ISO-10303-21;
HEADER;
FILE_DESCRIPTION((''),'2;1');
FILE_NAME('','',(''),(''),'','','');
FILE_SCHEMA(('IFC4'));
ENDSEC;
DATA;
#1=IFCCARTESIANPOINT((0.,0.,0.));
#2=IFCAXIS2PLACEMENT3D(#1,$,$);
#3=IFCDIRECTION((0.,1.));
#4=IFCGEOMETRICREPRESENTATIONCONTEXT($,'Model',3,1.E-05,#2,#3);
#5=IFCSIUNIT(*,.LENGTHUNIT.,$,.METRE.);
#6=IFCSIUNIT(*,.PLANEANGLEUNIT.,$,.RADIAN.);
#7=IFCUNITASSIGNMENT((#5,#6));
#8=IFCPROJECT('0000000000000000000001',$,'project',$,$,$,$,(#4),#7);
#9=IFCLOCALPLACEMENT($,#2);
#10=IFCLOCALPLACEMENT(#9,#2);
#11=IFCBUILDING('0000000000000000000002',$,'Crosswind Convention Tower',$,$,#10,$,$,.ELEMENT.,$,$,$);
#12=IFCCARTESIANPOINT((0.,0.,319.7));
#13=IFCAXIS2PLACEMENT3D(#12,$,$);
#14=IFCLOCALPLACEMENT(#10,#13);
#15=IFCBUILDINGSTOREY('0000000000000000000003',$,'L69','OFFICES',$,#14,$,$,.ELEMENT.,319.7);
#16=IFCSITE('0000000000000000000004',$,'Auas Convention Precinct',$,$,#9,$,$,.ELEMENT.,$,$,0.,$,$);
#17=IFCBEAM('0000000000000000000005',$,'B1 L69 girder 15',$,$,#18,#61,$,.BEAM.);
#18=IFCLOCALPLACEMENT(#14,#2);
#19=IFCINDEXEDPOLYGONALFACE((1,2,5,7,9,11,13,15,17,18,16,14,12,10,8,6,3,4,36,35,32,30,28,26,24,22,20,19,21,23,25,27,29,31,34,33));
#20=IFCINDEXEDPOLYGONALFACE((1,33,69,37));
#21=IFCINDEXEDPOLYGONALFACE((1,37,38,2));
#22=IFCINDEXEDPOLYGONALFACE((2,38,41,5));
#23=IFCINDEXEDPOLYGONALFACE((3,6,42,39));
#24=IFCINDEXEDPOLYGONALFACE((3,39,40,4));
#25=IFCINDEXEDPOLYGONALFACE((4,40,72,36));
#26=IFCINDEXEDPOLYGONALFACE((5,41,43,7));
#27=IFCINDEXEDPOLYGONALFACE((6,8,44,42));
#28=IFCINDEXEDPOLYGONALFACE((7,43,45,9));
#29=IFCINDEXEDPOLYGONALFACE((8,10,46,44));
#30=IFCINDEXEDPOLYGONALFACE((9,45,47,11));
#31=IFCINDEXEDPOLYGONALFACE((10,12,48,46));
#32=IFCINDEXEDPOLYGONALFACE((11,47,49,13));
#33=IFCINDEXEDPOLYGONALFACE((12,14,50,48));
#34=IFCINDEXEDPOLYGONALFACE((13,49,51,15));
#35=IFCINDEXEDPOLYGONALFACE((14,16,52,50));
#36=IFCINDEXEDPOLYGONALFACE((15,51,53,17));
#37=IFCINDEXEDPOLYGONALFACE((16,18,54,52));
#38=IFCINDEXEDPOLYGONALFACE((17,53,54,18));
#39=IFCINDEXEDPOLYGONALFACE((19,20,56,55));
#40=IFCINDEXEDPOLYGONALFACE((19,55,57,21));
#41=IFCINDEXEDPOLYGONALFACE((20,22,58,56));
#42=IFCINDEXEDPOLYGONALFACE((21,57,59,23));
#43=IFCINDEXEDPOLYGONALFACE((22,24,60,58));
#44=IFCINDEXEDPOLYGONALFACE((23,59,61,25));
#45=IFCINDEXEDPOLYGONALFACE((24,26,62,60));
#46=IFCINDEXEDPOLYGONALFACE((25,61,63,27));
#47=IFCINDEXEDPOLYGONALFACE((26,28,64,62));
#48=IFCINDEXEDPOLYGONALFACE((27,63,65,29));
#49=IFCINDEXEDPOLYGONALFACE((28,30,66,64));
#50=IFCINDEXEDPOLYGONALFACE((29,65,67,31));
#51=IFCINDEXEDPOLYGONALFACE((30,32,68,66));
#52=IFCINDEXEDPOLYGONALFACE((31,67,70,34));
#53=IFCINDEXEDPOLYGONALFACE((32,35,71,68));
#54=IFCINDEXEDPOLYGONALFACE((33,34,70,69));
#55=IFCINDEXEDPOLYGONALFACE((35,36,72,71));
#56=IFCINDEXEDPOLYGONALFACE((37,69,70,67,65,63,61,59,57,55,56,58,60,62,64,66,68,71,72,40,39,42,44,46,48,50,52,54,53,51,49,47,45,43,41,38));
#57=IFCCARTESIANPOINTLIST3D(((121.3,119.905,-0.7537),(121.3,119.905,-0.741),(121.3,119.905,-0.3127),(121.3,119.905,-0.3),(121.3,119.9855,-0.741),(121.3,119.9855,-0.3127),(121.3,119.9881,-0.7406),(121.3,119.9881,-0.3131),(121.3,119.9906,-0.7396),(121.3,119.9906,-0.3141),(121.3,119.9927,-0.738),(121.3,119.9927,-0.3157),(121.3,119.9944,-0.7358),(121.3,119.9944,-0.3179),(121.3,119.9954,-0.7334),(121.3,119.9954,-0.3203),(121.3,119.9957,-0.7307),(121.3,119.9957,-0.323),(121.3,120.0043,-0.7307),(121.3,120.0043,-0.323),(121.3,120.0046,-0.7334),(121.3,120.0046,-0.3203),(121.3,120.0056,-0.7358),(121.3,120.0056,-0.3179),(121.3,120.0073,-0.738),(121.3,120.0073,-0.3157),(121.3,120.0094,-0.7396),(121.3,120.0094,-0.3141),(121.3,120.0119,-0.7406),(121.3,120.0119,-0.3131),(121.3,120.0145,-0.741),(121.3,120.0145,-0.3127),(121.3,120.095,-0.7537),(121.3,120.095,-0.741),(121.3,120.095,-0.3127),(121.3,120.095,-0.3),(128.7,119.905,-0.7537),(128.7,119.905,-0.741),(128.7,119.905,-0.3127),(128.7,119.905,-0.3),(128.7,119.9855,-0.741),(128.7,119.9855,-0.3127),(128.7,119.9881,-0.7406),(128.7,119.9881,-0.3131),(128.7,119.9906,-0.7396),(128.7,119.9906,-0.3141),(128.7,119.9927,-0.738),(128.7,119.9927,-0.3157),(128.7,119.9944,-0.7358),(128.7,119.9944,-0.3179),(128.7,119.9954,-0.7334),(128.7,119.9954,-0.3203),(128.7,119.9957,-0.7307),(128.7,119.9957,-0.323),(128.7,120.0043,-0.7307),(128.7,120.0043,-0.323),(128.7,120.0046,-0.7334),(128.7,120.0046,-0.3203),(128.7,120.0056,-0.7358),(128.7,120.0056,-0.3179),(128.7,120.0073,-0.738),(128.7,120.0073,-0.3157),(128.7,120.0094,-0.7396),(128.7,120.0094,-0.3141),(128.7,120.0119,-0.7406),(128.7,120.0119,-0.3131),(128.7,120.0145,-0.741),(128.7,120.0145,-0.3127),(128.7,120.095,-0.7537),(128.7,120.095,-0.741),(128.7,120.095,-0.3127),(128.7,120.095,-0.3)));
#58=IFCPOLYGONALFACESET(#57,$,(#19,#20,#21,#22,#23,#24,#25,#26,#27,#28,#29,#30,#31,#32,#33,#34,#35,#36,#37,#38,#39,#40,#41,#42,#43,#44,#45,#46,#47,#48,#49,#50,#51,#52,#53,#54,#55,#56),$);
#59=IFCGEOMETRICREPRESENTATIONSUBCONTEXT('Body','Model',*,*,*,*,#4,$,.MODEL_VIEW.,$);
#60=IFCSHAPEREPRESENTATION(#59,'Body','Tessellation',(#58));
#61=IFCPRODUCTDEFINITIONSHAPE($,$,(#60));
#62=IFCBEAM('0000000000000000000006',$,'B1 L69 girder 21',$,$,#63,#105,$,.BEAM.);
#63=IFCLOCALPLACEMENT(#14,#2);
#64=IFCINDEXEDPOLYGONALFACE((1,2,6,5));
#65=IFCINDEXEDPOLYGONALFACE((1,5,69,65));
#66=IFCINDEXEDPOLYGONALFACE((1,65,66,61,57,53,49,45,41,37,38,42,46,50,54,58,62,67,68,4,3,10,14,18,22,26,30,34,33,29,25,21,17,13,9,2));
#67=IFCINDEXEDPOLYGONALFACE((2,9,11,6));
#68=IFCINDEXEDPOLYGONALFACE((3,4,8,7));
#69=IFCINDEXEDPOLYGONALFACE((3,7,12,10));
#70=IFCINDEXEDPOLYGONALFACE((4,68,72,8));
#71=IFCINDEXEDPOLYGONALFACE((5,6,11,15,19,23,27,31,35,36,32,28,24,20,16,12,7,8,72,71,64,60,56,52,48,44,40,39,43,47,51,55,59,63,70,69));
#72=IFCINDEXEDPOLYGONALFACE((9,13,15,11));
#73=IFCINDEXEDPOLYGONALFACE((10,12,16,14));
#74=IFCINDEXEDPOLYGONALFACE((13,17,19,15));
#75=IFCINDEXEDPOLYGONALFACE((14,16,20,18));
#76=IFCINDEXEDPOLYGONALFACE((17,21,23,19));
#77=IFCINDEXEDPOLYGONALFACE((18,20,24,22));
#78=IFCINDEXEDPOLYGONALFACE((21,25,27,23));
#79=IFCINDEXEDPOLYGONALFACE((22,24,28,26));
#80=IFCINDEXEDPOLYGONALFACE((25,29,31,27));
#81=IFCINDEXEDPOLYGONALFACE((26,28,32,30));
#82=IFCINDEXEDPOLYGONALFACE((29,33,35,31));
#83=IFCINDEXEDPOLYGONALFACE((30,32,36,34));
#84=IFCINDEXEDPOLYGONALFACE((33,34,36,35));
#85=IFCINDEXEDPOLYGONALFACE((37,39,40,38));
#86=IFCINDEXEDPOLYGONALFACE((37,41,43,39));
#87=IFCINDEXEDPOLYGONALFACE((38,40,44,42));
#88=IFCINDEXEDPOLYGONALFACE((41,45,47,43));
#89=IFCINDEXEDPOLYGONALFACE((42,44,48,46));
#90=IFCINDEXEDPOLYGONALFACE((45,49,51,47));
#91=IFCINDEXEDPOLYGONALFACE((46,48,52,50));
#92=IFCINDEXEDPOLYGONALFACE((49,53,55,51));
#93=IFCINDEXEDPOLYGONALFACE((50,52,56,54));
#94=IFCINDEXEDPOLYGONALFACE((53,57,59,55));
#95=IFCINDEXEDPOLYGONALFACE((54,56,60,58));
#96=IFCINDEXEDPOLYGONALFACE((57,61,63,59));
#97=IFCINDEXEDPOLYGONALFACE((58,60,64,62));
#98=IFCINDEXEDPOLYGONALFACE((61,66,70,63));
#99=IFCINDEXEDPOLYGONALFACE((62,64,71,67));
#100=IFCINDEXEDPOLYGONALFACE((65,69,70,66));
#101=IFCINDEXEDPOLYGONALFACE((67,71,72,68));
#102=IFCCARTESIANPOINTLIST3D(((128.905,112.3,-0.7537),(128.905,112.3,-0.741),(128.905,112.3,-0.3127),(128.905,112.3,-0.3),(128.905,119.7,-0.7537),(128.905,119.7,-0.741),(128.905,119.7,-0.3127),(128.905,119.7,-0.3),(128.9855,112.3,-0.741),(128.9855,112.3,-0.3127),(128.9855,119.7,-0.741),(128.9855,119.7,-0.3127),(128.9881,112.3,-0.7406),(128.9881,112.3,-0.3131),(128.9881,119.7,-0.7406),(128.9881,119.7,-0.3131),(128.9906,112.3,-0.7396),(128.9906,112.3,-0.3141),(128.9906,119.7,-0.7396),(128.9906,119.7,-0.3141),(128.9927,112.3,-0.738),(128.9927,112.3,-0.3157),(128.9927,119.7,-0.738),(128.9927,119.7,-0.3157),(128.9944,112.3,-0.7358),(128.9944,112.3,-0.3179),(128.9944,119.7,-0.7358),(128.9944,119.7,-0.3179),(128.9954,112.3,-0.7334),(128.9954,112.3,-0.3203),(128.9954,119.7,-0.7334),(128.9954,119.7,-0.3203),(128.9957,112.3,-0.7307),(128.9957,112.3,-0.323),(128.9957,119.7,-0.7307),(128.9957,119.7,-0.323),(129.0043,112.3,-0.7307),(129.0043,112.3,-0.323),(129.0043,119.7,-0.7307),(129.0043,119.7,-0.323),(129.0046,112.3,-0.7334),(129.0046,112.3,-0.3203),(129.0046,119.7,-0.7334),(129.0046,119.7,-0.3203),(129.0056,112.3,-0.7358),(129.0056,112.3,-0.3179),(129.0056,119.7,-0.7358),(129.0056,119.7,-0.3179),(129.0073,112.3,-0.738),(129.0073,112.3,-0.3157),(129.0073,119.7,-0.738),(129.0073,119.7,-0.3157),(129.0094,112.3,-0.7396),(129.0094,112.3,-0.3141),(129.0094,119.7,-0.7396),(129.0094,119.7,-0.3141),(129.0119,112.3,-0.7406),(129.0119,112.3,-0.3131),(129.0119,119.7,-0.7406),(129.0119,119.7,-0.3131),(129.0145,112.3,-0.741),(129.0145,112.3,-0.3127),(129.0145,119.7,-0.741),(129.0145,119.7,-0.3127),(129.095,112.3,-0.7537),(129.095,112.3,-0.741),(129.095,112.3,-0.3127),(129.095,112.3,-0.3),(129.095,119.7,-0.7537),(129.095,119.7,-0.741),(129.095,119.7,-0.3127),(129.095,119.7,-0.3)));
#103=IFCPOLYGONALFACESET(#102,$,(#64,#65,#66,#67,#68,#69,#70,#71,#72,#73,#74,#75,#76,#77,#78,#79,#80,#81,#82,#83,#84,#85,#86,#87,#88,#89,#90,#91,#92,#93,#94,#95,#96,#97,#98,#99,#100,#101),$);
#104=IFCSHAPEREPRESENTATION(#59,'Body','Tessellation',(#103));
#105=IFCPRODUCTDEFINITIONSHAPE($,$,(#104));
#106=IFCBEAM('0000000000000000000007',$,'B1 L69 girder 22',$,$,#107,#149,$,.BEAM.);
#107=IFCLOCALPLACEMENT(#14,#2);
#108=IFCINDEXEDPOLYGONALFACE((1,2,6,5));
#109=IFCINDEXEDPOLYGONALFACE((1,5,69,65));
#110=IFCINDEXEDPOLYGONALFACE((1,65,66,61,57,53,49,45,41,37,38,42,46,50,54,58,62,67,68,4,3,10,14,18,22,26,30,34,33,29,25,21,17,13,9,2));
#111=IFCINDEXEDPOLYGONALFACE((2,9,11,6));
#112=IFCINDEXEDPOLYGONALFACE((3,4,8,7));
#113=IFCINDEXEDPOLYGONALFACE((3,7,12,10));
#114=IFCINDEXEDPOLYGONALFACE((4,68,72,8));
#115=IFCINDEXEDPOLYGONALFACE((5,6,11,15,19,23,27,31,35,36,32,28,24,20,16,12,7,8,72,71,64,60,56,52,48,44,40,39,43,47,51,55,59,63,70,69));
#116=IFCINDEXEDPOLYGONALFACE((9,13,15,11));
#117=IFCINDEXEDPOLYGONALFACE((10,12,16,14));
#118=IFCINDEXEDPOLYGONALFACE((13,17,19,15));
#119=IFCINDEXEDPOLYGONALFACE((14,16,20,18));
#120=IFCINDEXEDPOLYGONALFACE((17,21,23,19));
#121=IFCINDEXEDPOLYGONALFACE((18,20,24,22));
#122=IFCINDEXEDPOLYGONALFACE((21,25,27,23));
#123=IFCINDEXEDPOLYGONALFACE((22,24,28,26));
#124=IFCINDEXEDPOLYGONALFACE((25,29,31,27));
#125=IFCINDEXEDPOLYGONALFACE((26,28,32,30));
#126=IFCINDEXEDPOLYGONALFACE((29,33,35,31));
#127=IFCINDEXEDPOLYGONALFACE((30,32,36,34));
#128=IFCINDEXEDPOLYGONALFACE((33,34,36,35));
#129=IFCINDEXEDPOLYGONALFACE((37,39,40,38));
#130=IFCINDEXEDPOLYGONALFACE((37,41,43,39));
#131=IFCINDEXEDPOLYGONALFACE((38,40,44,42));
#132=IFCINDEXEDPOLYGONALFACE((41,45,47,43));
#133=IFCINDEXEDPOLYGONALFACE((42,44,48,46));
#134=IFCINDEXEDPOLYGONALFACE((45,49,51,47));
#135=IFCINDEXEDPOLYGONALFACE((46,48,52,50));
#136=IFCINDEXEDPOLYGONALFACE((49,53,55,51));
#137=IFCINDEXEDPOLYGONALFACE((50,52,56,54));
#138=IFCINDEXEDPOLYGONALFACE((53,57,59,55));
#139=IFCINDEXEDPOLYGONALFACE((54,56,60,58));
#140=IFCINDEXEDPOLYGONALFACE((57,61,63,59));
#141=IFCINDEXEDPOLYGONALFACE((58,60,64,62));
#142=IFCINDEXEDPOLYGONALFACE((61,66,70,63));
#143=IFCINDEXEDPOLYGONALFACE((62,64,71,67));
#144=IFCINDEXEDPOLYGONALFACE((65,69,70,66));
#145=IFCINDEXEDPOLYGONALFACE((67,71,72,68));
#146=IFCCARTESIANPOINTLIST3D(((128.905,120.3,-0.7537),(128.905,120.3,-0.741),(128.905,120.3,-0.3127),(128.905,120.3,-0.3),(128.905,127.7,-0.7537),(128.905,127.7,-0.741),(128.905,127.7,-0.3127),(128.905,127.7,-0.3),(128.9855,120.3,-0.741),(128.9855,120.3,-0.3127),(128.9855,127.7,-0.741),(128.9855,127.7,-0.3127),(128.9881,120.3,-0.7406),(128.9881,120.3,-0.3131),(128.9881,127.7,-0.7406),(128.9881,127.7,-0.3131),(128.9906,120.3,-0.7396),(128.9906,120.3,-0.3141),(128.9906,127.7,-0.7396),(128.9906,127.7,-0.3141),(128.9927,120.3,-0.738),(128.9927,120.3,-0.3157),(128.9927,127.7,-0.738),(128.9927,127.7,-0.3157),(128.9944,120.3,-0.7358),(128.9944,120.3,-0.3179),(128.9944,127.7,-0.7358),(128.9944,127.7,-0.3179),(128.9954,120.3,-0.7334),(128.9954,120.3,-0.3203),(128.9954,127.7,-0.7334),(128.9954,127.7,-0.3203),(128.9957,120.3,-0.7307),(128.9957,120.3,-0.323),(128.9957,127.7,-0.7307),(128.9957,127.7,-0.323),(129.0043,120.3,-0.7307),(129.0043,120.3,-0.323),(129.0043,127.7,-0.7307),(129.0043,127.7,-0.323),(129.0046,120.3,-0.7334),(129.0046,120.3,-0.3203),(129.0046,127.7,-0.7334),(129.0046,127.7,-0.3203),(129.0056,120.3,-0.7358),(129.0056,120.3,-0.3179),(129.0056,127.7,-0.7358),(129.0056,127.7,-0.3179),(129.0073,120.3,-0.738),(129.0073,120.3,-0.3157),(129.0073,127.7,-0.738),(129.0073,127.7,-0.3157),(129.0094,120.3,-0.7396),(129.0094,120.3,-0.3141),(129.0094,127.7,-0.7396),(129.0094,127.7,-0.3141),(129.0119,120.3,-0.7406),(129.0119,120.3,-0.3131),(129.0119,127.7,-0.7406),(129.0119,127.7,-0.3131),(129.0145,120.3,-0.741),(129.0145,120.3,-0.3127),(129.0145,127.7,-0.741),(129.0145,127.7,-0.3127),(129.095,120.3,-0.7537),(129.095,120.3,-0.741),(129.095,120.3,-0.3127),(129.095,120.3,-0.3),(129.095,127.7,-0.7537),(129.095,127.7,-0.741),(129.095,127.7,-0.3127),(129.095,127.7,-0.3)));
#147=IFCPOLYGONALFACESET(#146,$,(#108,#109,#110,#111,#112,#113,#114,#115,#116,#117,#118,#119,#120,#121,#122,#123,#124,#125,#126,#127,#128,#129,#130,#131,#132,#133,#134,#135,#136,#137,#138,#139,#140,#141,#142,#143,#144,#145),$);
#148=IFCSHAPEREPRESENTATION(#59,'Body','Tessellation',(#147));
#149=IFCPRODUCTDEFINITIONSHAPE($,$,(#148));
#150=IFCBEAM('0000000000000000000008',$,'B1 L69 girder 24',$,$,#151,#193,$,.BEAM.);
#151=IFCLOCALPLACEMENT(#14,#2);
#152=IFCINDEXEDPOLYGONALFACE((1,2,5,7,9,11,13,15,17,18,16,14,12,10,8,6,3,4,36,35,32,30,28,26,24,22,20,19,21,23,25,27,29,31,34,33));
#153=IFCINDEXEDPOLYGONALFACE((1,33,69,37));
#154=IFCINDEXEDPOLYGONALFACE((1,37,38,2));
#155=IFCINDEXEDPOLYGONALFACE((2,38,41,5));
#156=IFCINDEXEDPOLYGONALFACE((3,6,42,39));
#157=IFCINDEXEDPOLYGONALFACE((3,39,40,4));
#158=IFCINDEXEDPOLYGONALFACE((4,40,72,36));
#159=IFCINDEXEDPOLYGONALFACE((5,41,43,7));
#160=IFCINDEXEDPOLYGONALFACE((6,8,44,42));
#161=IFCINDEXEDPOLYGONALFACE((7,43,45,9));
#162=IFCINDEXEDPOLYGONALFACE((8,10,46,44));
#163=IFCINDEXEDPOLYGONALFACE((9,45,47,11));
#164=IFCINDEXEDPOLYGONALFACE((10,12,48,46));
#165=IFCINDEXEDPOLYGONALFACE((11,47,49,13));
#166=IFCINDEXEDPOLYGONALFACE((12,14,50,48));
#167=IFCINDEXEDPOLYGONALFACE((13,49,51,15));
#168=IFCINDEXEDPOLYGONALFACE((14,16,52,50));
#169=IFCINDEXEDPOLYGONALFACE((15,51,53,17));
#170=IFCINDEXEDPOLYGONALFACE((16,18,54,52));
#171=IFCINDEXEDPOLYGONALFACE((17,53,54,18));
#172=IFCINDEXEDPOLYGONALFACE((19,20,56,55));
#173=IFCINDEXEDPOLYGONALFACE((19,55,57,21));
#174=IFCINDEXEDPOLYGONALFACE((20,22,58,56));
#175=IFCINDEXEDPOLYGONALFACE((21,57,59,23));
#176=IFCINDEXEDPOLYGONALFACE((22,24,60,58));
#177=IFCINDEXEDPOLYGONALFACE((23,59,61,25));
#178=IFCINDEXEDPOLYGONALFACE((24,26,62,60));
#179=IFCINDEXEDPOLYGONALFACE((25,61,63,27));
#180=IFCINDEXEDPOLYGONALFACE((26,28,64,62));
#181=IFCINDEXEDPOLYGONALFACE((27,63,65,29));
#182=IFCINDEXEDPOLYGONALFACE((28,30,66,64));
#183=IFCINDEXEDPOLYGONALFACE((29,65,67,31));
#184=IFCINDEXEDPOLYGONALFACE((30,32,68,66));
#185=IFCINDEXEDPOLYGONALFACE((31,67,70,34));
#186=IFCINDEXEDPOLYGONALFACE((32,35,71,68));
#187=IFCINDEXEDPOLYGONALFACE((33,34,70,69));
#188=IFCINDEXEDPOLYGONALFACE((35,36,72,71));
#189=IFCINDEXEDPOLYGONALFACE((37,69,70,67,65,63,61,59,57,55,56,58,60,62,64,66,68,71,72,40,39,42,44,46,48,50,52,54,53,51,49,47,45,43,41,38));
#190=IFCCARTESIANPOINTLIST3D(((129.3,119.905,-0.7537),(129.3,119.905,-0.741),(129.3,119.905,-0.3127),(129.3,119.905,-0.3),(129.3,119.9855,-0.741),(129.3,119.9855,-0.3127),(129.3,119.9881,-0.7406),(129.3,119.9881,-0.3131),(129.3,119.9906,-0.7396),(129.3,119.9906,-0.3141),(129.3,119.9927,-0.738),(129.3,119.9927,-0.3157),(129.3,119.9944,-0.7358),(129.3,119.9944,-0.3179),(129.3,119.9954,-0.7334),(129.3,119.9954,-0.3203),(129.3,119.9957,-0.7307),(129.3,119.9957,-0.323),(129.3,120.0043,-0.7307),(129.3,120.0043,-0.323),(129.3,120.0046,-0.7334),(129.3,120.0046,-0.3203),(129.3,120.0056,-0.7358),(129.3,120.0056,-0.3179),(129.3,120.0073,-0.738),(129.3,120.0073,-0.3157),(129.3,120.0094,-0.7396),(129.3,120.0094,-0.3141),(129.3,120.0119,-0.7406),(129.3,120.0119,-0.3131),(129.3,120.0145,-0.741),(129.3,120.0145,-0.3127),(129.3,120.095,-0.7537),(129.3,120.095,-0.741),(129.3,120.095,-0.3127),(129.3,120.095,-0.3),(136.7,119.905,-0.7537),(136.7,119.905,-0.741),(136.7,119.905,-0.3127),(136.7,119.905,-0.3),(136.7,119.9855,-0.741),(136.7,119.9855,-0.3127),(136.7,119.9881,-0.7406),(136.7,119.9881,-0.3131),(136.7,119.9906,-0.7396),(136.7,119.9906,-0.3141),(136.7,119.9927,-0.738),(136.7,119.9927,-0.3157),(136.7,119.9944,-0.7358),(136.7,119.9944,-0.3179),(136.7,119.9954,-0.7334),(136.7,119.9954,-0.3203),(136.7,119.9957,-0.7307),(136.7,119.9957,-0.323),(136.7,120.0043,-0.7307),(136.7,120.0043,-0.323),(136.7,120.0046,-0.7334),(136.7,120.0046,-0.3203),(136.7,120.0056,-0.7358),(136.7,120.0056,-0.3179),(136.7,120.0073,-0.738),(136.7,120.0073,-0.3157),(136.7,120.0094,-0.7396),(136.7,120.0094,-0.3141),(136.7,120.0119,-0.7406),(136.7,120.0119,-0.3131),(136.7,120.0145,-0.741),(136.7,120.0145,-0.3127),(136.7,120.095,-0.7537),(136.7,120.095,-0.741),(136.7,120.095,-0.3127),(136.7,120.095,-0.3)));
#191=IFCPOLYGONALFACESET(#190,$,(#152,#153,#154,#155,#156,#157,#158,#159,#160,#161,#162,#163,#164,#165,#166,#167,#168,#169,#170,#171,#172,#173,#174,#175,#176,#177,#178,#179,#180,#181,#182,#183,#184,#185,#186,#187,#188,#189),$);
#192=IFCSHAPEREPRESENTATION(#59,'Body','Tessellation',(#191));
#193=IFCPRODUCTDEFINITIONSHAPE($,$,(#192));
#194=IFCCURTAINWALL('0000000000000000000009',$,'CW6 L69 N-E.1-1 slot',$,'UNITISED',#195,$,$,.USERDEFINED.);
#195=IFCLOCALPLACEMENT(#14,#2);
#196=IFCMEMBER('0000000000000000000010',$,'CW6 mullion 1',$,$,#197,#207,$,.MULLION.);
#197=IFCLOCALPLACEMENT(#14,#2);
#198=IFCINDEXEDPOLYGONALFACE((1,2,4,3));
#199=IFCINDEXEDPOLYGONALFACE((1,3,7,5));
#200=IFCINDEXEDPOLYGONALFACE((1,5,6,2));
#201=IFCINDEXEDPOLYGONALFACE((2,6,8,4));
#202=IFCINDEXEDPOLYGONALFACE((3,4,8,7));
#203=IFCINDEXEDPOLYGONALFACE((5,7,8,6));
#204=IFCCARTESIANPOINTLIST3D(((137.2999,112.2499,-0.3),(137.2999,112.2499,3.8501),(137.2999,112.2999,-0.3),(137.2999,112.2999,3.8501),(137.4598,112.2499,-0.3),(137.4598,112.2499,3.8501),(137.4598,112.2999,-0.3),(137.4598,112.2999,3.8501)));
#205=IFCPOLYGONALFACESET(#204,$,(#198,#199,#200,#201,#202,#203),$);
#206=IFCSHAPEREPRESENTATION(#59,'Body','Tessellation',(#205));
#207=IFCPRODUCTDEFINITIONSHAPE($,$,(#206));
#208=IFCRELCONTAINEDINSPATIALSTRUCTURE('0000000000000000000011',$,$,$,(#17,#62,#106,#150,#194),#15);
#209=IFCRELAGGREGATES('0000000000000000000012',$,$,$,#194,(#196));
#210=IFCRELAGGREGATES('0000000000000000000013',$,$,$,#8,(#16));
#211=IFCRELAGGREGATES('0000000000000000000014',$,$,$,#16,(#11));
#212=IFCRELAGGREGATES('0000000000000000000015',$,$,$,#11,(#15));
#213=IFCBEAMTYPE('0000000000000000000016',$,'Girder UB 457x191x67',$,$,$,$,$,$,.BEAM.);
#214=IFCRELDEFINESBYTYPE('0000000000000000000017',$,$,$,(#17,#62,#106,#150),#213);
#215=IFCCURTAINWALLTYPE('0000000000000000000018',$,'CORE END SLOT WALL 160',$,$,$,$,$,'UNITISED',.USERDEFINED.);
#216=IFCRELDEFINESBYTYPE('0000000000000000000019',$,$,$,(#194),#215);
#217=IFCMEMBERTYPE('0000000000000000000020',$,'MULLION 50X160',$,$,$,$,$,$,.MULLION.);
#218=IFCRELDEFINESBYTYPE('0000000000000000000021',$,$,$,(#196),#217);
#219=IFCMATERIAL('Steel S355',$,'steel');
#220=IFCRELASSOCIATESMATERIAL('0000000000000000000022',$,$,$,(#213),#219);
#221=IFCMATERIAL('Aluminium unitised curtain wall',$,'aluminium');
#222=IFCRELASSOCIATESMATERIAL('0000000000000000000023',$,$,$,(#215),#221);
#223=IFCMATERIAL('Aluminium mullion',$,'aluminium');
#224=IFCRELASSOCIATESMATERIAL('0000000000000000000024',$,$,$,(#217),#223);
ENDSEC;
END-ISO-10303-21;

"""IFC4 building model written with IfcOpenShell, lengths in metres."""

from ifc_helpers import new_model, si_unit, direction, frame, origin, origin_2d, place, context, subcontext, project, spatial, rectangle, i_section, extrude, material, material_profile, profile_set, type_object, element, aggregate, save


model = new_model("IFC4")

# Units and contexts
model_context = context("Model", 3, precision=1e-05, world=origin(), true_north=direction((0.0, 1.0)))
body_context = subcontext(model_context, "Body", "Model", "MODEL_VIEW")
ifc_project = project(units=[si_unit("LENGTHUNIT", "METRE"), si_unit("PLANEANGLEUNIT", "RADIAN")], contexts=[model_context])

# Site, building, storey
site_placement = place(None, origin())
site = spatial("IfcSite", under=ifc_project, at=site_placement, Name="Auas Convention Precinct", CompositionType="ELEMENT", RefElevation=0.0)
building_placement = place(site_placement, origin())
building = spatial("IfcBuilding", under=site, at=building_placement, Name="Crosswind Convention Tower", CompositionType="ELEMENT")
storey_placement = place(building_placement, frame((0.0, 0.0, 319.7)))
storey = spatial("IfcBuildingStorey", under=building, at=storey_placement, Name="L69", Description="OFFICES", CompositionType="ELEMENT", Elevation=319.7)

# Beams
ifc_material_1 = material(Name="Steel S355", Category="steel")
ifc_material_profile_1 = material_profile(ifc_material_1, i_section(OverallWidth=0.1899, OverallDepth=0.4536, WebThickness=0.0085, FlangeThickness=0.0127, FilletRadius=0.0103, at=origin_2d()), Name="UB 457x191x67")
ifc_profile_set_1 = profile_set([ifc_material_profile_1], Name="Steel S355")
beam_type_1 = type_object("IfcBeamType", Name="Girder UB 457x191x67", PredefinedType="BEAM", material=ifc_profile_set_1)
for number, where, z_axis, x_axis, name in (
    (1, (121.3, 120.0, -0.5269), (1.0, 0.0, 0.0), (0.0, 1.0, 0.0), "B1 L69 girder 15"),
    (2, (129.0, 112.3, -0.5269), (0.0, 1.0, 0.0), (-1.0, 0.0, 0.0), "B1 L69 girder 21"),
    (3, (129.0, 120.3, -0.5269), (0.0, 1.0, 0.0), (-1.0, 0.0, 0.0), "B1 L69 girder 22"),
    (4, (129.3, 120.0, -0.5269), (1.0, 0.0, 0.0), (0.0, 1.0, 0.0), "B1 L69 girder 24"),
):
    element("IfcBeam", number, at=place(storey_placement, frame(where, z_axis=z_axis, x_axis=x_axis)), inside=storey, type_object=beam_type_1, Name=name, PredefinedType="BEAM", context=body_context, shape_type="SweptSolid", body=[
        extrude(i_section(OverallWidth=0.1899, OverallDepth=0.4536, WebThickness=0.0085, FlangeThickness=0.0127, FilletRadius=0.0103, at=origin_2d()), origin(), (0.0, 0.0, 1.0), 7.3999),
    ])

# Curtain wall, member
ifc_material_2 = material(Name="Aluminium unitised curtain wall", Category="aluminium")
curtain_wall_type_1 = type_object("IfcCurtainWallType", Name="CORE END SLOT WALL 160", ElementType="UNITISED", PredefinedType="USERDEFINED", material=ifc_material_2)
curtain_wall_1_placement = place(storey_placement, origin())
curtain_wall_1 = element("IfcCurtainWall", 5, at=curtain_wall_1_placement, inside=storey, type_object=curtain_wall_type_1, Name="CW6 L69 N-E.1-1 slot", ObjectType="UNITISED", PredefinedType="USERDEFINED")
ifc_material_3 = material(Name="Aluminium mullion", Category="aluminium")
ifc_material_profile_2 = material_profile(ifc_material_3, rectangle(XDim=0.1599, YDim=0.05, at=origin_2d()), Name="AL 160X50")
ifc_profile_set_2 = profile_set([ifc_material_profile_2], Name="Aluminium mullion")
member_type_1 = type_object("IfcMemberType", Name="MULLION 50X160", PredefinedType="MULLION", material=ifc_profile_set_2)
member_1_placement = place(storey_placement, frame((137.3799, 112.2749, -0.3), z_axis=(0.0, 0.0, 1.0), x_axis=(1.0, 0.0, 0.0)))
member_1 = element("IfcMember", 6, at=member_1_placement, type_object=member_type_1, Name="CW6 mullion 1", PredefinedType="MULLION", context=body_context, shape_type="SweptSolid", body=[
    extrude(rectangle(XDim=0.1599, YDim=0.05, at=origin_2d()), origin(), (0.0, 0.0, 1.0), 4.1501),
])

aggregate(curtain_wall_1, [member_1])

save(model, "model.ifc")
